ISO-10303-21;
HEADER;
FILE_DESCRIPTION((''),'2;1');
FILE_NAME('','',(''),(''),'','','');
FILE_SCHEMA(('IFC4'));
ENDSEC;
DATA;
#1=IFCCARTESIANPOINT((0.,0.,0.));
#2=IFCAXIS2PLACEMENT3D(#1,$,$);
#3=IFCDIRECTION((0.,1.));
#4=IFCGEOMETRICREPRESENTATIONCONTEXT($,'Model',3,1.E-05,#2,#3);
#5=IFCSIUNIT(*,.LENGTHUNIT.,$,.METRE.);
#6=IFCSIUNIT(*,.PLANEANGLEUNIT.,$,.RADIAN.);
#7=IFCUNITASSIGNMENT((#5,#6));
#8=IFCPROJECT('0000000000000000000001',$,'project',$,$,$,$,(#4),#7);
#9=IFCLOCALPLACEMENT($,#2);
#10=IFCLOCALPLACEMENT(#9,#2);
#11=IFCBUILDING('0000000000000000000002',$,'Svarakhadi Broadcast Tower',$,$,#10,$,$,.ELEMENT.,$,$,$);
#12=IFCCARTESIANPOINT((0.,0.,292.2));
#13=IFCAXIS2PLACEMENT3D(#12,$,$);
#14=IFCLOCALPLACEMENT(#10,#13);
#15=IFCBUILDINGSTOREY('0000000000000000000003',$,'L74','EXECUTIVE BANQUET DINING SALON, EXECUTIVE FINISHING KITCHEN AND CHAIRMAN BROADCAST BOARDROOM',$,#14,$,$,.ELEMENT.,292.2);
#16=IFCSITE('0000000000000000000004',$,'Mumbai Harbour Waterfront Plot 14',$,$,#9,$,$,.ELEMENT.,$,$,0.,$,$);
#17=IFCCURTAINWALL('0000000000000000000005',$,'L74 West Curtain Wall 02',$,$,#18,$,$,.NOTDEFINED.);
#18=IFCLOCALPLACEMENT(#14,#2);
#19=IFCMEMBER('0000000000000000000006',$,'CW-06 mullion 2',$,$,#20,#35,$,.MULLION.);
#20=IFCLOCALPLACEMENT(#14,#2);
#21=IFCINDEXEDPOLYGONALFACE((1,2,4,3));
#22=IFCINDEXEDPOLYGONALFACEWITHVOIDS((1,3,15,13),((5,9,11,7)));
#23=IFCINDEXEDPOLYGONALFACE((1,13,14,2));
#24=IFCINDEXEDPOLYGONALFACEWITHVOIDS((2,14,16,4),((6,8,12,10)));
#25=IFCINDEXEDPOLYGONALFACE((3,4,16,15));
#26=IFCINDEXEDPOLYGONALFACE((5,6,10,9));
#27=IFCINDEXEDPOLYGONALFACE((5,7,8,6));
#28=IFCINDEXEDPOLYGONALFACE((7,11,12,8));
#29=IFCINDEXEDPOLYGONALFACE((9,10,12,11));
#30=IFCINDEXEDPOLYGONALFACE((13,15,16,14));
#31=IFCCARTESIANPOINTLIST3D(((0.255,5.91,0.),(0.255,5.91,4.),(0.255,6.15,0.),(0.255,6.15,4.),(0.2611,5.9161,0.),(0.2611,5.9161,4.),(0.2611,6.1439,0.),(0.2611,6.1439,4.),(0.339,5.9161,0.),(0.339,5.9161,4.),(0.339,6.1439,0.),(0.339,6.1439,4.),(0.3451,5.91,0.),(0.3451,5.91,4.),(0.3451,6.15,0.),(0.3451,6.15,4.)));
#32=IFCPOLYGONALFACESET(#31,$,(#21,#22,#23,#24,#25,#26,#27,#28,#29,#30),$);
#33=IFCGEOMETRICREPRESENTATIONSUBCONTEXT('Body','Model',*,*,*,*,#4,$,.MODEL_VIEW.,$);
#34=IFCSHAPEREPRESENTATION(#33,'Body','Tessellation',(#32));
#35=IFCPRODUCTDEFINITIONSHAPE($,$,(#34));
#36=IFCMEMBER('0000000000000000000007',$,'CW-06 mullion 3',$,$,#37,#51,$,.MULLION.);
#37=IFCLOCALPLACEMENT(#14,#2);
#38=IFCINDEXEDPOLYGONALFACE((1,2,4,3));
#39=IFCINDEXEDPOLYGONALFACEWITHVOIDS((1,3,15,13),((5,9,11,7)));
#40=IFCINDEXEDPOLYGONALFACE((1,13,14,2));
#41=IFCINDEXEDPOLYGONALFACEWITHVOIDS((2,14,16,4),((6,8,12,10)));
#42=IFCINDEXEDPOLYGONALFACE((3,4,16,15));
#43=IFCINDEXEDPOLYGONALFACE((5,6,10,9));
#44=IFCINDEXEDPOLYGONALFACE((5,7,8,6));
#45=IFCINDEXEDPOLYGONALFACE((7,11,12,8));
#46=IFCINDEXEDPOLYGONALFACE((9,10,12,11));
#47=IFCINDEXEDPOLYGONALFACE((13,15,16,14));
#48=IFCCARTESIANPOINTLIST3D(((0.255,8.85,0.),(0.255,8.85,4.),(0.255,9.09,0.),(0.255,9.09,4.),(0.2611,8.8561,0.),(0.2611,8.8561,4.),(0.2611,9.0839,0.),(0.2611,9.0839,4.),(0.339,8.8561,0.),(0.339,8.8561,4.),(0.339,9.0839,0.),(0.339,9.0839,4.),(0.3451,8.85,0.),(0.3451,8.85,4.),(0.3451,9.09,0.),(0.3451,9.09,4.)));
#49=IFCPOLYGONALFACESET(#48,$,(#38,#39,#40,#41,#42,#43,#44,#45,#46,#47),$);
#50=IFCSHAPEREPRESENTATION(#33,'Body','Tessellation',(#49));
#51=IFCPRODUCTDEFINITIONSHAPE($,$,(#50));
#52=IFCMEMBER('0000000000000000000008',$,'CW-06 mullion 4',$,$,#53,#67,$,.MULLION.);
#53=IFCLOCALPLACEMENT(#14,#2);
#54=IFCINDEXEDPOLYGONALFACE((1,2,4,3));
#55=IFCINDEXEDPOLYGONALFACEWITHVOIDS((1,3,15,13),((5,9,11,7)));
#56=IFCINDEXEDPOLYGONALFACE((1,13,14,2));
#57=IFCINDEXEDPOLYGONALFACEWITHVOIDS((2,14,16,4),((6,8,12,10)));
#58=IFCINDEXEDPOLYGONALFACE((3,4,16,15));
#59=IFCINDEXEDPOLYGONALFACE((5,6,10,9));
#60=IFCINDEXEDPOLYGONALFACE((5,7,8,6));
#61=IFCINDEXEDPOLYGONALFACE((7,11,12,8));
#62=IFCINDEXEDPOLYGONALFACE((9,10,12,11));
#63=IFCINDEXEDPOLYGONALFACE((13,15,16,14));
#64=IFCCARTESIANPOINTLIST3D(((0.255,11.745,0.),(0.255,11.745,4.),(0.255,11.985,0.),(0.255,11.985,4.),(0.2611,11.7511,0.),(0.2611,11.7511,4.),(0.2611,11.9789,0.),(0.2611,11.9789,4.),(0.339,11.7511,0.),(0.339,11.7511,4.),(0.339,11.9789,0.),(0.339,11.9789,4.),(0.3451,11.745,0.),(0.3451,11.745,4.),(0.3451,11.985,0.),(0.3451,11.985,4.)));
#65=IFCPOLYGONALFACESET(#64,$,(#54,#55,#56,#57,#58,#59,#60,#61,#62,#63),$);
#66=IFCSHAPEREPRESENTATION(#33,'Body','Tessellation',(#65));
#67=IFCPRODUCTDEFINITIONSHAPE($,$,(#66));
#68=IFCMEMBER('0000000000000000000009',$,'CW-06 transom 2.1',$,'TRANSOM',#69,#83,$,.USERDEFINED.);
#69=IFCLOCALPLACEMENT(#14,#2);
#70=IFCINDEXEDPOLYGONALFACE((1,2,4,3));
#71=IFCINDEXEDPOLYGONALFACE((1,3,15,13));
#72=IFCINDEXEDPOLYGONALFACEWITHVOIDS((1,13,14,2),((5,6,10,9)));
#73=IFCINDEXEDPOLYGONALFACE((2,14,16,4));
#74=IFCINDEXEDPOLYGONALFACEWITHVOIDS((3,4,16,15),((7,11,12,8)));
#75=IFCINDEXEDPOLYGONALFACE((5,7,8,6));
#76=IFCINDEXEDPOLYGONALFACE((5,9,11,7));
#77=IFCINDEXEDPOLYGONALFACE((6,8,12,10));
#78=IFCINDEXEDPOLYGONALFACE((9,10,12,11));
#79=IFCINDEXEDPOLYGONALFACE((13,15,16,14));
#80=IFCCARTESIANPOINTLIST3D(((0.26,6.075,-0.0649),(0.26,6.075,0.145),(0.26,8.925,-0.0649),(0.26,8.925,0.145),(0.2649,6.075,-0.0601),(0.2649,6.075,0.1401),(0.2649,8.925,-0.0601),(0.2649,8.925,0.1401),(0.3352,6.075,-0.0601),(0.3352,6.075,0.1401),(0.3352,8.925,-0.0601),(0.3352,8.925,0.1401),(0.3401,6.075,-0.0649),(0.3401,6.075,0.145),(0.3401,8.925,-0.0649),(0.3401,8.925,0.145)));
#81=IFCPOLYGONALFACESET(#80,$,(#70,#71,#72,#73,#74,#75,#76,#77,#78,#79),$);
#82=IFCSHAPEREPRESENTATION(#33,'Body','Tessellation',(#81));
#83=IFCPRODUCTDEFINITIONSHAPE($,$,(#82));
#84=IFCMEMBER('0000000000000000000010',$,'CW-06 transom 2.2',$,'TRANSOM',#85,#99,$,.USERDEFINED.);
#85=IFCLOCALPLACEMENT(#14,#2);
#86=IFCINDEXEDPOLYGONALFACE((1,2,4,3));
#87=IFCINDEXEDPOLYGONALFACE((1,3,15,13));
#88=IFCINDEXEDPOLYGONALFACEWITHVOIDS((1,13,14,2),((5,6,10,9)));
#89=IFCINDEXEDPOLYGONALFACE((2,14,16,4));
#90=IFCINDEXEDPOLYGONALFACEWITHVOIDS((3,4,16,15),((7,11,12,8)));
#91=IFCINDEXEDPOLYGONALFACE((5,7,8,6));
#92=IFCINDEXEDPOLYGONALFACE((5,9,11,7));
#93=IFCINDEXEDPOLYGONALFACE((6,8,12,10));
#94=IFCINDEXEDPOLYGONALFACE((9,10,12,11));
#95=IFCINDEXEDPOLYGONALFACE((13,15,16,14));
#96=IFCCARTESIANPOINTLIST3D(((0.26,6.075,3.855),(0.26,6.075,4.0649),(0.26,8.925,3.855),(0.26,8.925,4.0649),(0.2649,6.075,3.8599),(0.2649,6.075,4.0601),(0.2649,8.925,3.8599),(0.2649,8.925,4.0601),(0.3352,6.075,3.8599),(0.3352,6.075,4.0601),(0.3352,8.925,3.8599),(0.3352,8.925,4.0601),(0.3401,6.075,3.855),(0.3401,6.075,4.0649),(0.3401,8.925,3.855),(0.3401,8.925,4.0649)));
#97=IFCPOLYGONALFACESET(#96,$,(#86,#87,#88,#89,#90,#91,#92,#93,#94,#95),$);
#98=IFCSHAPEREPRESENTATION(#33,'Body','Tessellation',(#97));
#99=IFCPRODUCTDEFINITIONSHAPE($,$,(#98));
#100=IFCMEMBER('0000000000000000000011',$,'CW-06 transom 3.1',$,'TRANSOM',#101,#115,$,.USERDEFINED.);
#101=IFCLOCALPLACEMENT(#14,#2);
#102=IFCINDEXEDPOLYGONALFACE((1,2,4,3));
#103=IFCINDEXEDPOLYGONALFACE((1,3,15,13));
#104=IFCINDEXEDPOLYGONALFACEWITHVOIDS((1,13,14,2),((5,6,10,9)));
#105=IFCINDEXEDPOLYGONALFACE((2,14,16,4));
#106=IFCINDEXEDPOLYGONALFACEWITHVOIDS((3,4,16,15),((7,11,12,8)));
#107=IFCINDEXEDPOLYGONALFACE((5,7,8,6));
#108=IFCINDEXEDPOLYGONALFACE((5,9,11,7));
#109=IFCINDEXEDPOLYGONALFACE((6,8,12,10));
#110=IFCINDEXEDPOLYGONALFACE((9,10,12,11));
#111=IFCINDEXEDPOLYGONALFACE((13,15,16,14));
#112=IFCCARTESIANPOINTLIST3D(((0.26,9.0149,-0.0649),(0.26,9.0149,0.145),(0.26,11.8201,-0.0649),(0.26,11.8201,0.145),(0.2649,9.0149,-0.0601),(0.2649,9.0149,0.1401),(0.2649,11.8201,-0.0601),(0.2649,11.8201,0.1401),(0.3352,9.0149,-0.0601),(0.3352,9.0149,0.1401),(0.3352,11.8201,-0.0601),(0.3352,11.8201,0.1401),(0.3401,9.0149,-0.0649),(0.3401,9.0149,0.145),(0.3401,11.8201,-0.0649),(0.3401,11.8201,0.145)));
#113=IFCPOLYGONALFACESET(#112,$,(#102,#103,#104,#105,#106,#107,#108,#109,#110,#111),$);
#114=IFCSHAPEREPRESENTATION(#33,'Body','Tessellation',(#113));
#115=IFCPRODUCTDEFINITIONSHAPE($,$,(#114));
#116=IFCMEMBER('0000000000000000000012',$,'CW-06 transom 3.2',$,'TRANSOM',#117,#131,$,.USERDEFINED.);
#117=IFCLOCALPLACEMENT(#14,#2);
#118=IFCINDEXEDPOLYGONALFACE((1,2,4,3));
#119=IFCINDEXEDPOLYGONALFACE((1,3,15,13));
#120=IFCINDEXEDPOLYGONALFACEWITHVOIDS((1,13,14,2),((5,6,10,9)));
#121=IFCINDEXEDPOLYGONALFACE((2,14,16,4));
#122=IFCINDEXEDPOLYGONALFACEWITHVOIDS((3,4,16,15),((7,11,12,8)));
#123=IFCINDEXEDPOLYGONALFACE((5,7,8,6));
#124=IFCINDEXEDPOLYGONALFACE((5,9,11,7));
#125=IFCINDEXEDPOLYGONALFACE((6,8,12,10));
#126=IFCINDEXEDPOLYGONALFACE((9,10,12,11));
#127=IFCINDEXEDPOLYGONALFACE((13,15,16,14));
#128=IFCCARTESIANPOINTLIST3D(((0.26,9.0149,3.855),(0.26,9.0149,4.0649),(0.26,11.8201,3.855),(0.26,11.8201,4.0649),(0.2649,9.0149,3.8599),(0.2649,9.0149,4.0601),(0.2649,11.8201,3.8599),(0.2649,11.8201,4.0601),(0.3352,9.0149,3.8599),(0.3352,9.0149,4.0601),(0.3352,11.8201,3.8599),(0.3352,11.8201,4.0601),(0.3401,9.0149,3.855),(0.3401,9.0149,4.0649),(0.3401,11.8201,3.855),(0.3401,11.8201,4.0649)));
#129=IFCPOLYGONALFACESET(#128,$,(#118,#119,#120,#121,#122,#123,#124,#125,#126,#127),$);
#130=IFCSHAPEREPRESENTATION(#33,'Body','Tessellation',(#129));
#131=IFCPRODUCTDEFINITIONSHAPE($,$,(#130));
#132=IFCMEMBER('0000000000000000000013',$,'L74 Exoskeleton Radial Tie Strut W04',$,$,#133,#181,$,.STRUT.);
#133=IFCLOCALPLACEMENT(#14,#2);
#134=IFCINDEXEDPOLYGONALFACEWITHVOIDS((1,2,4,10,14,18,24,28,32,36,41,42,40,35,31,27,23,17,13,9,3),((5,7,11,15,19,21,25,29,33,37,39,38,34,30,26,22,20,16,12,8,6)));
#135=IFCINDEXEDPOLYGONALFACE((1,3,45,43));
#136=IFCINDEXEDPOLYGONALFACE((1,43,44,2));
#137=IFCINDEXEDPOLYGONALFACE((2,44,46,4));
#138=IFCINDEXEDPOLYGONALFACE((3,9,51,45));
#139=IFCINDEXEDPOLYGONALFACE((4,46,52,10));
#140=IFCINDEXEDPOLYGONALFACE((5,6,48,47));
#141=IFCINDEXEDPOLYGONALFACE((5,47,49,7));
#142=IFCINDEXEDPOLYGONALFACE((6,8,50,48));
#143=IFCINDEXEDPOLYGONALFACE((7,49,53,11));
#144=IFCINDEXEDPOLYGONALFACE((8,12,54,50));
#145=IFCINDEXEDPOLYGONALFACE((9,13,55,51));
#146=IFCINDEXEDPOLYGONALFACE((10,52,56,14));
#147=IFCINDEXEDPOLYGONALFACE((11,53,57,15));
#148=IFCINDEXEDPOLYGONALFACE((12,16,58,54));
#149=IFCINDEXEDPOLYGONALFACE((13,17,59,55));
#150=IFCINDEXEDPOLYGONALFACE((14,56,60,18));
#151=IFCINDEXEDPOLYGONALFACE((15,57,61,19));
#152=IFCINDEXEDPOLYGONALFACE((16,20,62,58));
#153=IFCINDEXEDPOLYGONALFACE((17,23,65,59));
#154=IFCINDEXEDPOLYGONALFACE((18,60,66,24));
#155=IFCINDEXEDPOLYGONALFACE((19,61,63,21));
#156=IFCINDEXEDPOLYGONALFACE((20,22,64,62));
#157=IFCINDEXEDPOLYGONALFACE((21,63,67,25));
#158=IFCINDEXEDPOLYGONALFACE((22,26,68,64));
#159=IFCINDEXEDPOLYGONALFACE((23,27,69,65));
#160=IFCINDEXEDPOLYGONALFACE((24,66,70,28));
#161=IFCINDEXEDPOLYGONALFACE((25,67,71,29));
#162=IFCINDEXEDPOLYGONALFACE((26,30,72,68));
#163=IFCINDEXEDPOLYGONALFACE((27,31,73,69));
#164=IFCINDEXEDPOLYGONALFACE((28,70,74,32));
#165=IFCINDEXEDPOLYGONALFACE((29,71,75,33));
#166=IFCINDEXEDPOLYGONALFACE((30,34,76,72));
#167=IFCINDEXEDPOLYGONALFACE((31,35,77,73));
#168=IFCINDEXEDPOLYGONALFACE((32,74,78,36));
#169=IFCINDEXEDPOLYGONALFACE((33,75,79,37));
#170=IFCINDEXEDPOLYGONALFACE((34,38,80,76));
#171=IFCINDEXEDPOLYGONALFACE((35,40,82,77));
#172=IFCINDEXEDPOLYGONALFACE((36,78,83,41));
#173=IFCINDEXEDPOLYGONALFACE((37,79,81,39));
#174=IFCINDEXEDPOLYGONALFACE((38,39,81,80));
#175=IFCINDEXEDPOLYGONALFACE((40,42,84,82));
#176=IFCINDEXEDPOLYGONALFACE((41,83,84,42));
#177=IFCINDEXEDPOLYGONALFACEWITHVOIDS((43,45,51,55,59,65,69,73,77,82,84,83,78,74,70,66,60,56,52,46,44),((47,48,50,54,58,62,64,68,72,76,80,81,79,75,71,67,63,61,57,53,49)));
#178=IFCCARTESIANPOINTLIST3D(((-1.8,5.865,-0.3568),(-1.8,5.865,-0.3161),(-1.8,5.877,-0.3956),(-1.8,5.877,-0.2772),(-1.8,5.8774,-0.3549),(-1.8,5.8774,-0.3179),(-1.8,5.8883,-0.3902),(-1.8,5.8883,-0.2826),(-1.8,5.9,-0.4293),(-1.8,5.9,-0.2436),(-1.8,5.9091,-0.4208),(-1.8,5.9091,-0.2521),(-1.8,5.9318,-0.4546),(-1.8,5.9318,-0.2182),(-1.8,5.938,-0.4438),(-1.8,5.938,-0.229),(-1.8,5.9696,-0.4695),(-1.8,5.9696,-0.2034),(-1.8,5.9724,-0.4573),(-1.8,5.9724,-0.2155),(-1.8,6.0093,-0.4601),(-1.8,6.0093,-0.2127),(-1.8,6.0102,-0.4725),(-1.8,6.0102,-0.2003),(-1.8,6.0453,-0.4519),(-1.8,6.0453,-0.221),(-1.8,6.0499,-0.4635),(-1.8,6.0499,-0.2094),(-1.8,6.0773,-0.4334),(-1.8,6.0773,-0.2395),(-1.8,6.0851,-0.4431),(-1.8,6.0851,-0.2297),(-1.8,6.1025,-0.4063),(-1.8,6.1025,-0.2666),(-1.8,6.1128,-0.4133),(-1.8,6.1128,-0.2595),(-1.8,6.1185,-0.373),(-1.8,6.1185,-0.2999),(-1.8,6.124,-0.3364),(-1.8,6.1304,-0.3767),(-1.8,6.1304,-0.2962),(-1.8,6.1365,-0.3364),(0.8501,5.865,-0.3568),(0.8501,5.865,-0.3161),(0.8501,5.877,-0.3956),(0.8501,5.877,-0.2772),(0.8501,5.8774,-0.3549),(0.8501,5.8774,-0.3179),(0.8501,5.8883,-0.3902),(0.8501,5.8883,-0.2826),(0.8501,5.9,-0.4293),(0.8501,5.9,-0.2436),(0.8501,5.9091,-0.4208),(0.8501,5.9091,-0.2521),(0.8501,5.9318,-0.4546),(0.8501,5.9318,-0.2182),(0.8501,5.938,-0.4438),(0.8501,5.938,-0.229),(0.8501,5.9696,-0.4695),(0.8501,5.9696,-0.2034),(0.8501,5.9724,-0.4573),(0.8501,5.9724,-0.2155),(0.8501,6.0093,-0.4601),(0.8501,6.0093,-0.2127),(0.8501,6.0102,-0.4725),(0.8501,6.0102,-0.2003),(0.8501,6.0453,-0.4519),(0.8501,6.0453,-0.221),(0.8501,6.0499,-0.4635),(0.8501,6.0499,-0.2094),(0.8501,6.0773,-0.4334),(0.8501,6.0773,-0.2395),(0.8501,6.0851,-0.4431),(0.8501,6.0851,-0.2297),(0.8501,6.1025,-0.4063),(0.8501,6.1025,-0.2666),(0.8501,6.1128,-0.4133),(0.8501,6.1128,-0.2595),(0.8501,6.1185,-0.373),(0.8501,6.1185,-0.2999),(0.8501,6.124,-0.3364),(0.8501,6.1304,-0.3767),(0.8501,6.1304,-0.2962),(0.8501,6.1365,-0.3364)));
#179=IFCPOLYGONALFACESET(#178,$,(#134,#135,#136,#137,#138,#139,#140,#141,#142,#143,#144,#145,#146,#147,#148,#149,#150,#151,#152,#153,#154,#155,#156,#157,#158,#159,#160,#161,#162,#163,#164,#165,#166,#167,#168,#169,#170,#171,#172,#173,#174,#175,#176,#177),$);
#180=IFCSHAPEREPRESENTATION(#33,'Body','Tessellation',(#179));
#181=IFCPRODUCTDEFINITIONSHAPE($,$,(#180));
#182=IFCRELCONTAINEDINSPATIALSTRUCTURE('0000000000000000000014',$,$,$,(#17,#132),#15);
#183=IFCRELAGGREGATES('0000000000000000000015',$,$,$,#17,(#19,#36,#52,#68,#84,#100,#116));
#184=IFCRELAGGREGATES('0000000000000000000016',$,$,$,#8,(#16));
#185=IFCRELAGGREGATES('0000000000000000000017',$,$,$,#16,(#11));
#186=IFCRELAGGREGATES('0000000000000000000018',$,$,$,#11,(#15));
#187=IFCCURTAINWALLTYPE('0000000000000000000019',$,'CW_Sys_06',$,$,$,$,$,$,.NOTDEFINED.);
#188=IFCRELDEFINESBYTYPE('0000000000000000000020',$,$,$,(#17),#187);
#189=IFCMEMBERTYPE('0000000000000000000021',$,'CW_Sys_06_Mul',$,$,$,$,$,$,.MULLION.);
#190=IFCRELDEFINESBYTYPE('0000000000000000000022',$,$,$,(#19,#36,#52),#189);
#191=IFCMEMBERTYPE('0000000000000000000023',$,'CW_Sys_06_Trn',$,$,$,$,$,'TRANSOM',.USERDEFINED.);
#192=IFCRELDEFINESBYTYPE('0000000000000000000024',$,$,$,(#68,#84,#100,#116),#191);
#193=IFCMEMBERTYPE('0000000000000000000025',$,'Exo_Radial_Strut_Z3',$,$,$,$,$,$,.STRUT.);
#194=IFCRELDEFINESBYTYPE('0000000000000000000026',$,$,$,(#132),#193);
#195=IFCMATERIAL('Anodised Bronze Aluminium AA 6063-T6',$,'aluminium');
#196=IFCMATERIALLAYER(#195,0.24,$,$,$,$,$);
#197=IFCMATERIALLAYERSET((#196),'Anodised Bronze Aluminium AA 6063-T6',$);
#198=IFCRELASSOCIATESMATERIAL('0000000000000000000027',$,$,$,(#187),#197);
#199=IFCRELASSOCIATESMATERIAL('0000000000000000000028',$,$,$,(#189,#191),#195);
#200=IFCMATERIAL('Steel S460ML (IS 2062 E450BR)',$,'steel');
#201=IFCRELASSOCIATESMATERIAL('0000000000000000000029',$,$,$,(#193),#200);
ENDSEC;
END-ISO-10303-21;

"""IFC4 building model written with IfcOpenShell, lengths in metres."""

from ifc_helpers import new_model, si_unit, direction, frame, origin, origin_2d, place, context, subcontext, project, spatial, hollow_rectangle, hollow_circle, extrude, material, layer, layer_set, material_profile, profile_set, type_object, element, aggregate, save


model = new_model("IFC4")

# Units and contexts
model_context = context("Model", 3, precision=1e-05, world=origin(), true_north=direction((0.0, 1.0)))
body_context = subcontext(model_context, "Body", "Model", "MODEL_VIEW")
ifc_project = project(units=[si_unit("LENGTHUNIT", "METRE"), si_unit("PLANEANGLEUNIT", "RADIAN")], contexts=[model_context])

# Site, building, storey
site_placement = place(None, origin())
site = spatial("IfcSite", under=ifc_project, at=site_placement, Name="Mumbai Harbour Waterfront Plot 14", CompositionType="ELEMENT", RefElevation=0.0)
building_placement = place(site_placement, origin())
building = spatial("IfcBuilding", under=site, at=building_placement, Name="Svarakhadi Broadcast Tower", CompositionType="ELEMENT")
storey_placement = place(building_placement, frame((0.0, 0.0, 292.2)))
storey = spatial("IfcBuildingStorey", under=building, at=storey_placement, Name="L74", Description="EXECUTIVE BANQUET DINING SALON, EXECUTIVE FINISHING KITCHEN AND CHAIRMAN BROADCAST BOARDROOM", CompositionType="ELEMENT", Elevation=292.2)

# Shared definitions
ifc_material_1 = material(Name="Steel S460ML (IS 2062 E450BR)", Category="steel")

# Curtain wall, members
ifc_material_2 = material(Name="Anodised Bronze Aluminium AA 6063-T6", Category="aluminium")
ifc_layer_1 = layer(ifc_material_2, 0.24)
ifc_layer_set_1 = layer_set([ifc_layer_1], Name="Anodised Bronze Aluminium AA 6063-T6")
curtain_wall_type = type_object("IfcCurtainWallType", Name="CW_Sys_06", PredefinedType="NOTDEFINED", material=ifc_layer_set_1)
curtain_wall_placement = place(storey_placement, origin())
curtain_wall = element("IfcCurtainWall", 1, at=curtain_wall_placement, inside=storey, type_object=curtain_wall_type, Name="L74 West Curtain Wall 02", PredefinedType="NOTDEFINED")
ifc_material_profile_1 = material_profile(ifc_material_2, hollow_rectangle(XDim=0.0901, YDim=0.24, WallThickness=0.0061, at=origin_2d()), Name="ALU MULLION 240x90x6")
ifc_profile_set_1 = profile_set([ifc_material_profile_1], Name="Anodised Bronze Aluminium AA 6063-T6")
member_type_1 = type_object("IfcMemberType", Name="CW_Sys_06_Mul", PredefinedType="MULLION", material=ifc_profile_set_1)
member_1_placement = place(storey_placement, frame((0.3, 6.03, 0.0), z_axis=(0.0, 0.0, 1.0), x_axis=(-1.0, 0.0, 0.0)))
member_1 = element("IfcMember", 2, at=member_1_placement, type_object=member_type_1, Name="CW-06 mullion 2", PredefinedType="MULLION", context=body_context, shape_type="SweptSolid", body=[
    extrude(hollow_rectangle(XDim=0.0901, YDim=0.24, WallThickness=0.0061, at=origin_2d()), origin(), (0.0, 0.0, 1.0), 4.0),
])
member_2_placement = place(storey_placement, frame((0.3, 8.97, 0.0), z_axis=(0.0, 0.0, 1.0), x_axis=(-1.0, 0.0, 0.0)))
member_2 = element("IfcMember", 3, at=member_2_placement, type_object=member_type_1, Name="CW-06 mullion 3", PredefinedType="MULLION", context=body_context, shape_type="SweptSolid", body=[
    extrude(hollow_rectangle(XDim=0.0901, YDim=0.24, WallThickness=0.0061, at=origin_2d()), origin(), (0.0, 0.0, 1.0), 4.0),
])
member_3_placement = place(storey_placement, frame((0.3, 11.865, 0.0), z_axis=(0.0, 0.0, 1.0), x_axis=(-1.0, 0.0, 0.0)))
member_3 = element("IfcMember", 4, at=member_3_placement, type_object=member_type_1, Name="CW-06 mullion 4", PredefinedType="MULLION", context=body_context, shape_type="SweptSolid", body=[
    extrude(hollow_rectangle(XDim=0.0901, YDim=0.24, WallThickness=0.0061, at=origin_2d()), origin(), (0.0, 0.0, 1.0), 4.0),
])
ifc_material_profile_2 = material_profile(ifc_material_2, hollow_rectangle(XDim=0.0801, YDim=0.21, WallThickness=0.0049, at=origin_2d()), Name="ALU TRANSOM 210x80x5")
ifc_profile_set_2 = profile_set([ifc_material_profile_2], Name="Anodised Bronze Aluminium AA 6063-T6")
member_type_2 = type_object("IfcMemberType", Name="CW_Sys_06_Trn", ElementType="TRANSOM", PredefinedType="USERDEFINED", material=ifc_profile_set_2)
member_4_placement = place(storey_placement, frame((0.3, 6.075, 0.04), z_axis=(0.0, 1.0, 0.0), x_axis=(-1.0, 0.0, 0.0)))
member_4 = element("IfcMember", 5, at=member_4_placement, type_object=member_type_2, Name="CW-06 transom 2.1", ObjectType="TRANSOM", PredefinedType="USERDEFINED", context=body_context, shape_type="SweptSolid", body=[
    extrude(hollow_rectangle(XDim=0.0801, YDim=0.21, WallThickness=0.0049, at=origin_2d()), origin(), (0.0, 0.0, 1.0), 2.8501),
])
member_5_placement = place(storey_placement, frame((0.3, 6.075, 3.96), z_axis=(0.0, 1.0, 0.0), x_axis=(-1.0, 0.0, 0.0)))
member_5 = element("IfcMember", 6, at=member_5_placement, type_object=member_type_2, Name="CW-06 transom 2.2", ObjectType="TRANSOM", PredefinedType="USERDEFINED", context=body_context, shape_type="SweptSolid", body=[
    extrude(hollow_rectangle(XDim=0.0801, YDim=0.21, WallThickness=0.0049, at=origin_2d()), origin(), (0.0, 0.0, 1.0), 2.8501),
])
member_6_placement = place(storey_placement, frame((0.3, 9.0149, 0.04), z_axis=(0.0, 1.0, 0.0), x_axis=(-1.0, 0.0, 0.0)))
member_6 = element("IfcMember", 7, at=member_6_placement, type_object=member_type_2, Name="CW-06 transom 3.1", ObjectType="TRANSOM", PredefinedType="USERDEFINED", context=body_context, shape_type="SweptSolid", body=[
    extrude(hollow_rectangle(XDim=0.0801, YDim=0.21, WallThickness=0.0049, at=origin_2d()), origin(), (0.0, 0.0, 1.0), 2.8052),
])
member_7_placement = place(storey_placement, frame((0.3, 9.0149, 3.96), z_axis=(0.0, 1.0, 0.0), x_axis=(-1.0, 0.0, 0.0)))
member_7 = element("IfcMember", 8, at=member_7_placement, type_object=member_type_2, Name="CW-06 transom 3.2", ObjectType="TRANSOM", PredefinedType="USERDEFINED", context=body_context, shape_type="SweptSolid", body=[
    extrude(hollow_rectangle(XDim=0.0801, YDim=0.21, WallThickness=0.0049, at=origin_2d()), origin(), (0.0, 0.0, 1.0), 2.8052),
])

# Member
ifc_material_profile_3 = material_profile(ifc_material_1, hollow_circle(Radius=0.1365, WallThickness=0.0125, at=origin_2d()), Name="CHS 273x12.5")
ifc_profile_set_3 = profile_set([ifc_material_profile_3], Name="Steel S460ML (IS 2062 E450BR)")
member_type_3 = type_object("IfcMemberType", Name="Exo_Radial_Strut_Z3", PredefinedType="STRUT", material=ifc_profile_set_3)
member_8_placement = place(storey_placement, frame((-1.8, 6.0, -0.3364), z_axis=(1.0, 0.0, 0.0), x_axis=(0.0, 1.0, 0.0)))
element("IfcMember", 9, at=member_8_placement, inside=storey, type_object=member_type_3, Name="L74 Exoskeleton Radial Tie Strut W04", PredefinedType="STRUT", context=body_context, shape_type="SweptSolid", body=[
    extrude(hollow_circle(Radius=0.1365, WallThickness=0.0125, at=origin_2d()), origin(), (0.0, 0.0, 1.0), 2.6501),
])

aggregate(curtain_wall, [member_1, member_2, member_3, member_4, member_5, member_6, member_7])

save(model, "model.ifc")
